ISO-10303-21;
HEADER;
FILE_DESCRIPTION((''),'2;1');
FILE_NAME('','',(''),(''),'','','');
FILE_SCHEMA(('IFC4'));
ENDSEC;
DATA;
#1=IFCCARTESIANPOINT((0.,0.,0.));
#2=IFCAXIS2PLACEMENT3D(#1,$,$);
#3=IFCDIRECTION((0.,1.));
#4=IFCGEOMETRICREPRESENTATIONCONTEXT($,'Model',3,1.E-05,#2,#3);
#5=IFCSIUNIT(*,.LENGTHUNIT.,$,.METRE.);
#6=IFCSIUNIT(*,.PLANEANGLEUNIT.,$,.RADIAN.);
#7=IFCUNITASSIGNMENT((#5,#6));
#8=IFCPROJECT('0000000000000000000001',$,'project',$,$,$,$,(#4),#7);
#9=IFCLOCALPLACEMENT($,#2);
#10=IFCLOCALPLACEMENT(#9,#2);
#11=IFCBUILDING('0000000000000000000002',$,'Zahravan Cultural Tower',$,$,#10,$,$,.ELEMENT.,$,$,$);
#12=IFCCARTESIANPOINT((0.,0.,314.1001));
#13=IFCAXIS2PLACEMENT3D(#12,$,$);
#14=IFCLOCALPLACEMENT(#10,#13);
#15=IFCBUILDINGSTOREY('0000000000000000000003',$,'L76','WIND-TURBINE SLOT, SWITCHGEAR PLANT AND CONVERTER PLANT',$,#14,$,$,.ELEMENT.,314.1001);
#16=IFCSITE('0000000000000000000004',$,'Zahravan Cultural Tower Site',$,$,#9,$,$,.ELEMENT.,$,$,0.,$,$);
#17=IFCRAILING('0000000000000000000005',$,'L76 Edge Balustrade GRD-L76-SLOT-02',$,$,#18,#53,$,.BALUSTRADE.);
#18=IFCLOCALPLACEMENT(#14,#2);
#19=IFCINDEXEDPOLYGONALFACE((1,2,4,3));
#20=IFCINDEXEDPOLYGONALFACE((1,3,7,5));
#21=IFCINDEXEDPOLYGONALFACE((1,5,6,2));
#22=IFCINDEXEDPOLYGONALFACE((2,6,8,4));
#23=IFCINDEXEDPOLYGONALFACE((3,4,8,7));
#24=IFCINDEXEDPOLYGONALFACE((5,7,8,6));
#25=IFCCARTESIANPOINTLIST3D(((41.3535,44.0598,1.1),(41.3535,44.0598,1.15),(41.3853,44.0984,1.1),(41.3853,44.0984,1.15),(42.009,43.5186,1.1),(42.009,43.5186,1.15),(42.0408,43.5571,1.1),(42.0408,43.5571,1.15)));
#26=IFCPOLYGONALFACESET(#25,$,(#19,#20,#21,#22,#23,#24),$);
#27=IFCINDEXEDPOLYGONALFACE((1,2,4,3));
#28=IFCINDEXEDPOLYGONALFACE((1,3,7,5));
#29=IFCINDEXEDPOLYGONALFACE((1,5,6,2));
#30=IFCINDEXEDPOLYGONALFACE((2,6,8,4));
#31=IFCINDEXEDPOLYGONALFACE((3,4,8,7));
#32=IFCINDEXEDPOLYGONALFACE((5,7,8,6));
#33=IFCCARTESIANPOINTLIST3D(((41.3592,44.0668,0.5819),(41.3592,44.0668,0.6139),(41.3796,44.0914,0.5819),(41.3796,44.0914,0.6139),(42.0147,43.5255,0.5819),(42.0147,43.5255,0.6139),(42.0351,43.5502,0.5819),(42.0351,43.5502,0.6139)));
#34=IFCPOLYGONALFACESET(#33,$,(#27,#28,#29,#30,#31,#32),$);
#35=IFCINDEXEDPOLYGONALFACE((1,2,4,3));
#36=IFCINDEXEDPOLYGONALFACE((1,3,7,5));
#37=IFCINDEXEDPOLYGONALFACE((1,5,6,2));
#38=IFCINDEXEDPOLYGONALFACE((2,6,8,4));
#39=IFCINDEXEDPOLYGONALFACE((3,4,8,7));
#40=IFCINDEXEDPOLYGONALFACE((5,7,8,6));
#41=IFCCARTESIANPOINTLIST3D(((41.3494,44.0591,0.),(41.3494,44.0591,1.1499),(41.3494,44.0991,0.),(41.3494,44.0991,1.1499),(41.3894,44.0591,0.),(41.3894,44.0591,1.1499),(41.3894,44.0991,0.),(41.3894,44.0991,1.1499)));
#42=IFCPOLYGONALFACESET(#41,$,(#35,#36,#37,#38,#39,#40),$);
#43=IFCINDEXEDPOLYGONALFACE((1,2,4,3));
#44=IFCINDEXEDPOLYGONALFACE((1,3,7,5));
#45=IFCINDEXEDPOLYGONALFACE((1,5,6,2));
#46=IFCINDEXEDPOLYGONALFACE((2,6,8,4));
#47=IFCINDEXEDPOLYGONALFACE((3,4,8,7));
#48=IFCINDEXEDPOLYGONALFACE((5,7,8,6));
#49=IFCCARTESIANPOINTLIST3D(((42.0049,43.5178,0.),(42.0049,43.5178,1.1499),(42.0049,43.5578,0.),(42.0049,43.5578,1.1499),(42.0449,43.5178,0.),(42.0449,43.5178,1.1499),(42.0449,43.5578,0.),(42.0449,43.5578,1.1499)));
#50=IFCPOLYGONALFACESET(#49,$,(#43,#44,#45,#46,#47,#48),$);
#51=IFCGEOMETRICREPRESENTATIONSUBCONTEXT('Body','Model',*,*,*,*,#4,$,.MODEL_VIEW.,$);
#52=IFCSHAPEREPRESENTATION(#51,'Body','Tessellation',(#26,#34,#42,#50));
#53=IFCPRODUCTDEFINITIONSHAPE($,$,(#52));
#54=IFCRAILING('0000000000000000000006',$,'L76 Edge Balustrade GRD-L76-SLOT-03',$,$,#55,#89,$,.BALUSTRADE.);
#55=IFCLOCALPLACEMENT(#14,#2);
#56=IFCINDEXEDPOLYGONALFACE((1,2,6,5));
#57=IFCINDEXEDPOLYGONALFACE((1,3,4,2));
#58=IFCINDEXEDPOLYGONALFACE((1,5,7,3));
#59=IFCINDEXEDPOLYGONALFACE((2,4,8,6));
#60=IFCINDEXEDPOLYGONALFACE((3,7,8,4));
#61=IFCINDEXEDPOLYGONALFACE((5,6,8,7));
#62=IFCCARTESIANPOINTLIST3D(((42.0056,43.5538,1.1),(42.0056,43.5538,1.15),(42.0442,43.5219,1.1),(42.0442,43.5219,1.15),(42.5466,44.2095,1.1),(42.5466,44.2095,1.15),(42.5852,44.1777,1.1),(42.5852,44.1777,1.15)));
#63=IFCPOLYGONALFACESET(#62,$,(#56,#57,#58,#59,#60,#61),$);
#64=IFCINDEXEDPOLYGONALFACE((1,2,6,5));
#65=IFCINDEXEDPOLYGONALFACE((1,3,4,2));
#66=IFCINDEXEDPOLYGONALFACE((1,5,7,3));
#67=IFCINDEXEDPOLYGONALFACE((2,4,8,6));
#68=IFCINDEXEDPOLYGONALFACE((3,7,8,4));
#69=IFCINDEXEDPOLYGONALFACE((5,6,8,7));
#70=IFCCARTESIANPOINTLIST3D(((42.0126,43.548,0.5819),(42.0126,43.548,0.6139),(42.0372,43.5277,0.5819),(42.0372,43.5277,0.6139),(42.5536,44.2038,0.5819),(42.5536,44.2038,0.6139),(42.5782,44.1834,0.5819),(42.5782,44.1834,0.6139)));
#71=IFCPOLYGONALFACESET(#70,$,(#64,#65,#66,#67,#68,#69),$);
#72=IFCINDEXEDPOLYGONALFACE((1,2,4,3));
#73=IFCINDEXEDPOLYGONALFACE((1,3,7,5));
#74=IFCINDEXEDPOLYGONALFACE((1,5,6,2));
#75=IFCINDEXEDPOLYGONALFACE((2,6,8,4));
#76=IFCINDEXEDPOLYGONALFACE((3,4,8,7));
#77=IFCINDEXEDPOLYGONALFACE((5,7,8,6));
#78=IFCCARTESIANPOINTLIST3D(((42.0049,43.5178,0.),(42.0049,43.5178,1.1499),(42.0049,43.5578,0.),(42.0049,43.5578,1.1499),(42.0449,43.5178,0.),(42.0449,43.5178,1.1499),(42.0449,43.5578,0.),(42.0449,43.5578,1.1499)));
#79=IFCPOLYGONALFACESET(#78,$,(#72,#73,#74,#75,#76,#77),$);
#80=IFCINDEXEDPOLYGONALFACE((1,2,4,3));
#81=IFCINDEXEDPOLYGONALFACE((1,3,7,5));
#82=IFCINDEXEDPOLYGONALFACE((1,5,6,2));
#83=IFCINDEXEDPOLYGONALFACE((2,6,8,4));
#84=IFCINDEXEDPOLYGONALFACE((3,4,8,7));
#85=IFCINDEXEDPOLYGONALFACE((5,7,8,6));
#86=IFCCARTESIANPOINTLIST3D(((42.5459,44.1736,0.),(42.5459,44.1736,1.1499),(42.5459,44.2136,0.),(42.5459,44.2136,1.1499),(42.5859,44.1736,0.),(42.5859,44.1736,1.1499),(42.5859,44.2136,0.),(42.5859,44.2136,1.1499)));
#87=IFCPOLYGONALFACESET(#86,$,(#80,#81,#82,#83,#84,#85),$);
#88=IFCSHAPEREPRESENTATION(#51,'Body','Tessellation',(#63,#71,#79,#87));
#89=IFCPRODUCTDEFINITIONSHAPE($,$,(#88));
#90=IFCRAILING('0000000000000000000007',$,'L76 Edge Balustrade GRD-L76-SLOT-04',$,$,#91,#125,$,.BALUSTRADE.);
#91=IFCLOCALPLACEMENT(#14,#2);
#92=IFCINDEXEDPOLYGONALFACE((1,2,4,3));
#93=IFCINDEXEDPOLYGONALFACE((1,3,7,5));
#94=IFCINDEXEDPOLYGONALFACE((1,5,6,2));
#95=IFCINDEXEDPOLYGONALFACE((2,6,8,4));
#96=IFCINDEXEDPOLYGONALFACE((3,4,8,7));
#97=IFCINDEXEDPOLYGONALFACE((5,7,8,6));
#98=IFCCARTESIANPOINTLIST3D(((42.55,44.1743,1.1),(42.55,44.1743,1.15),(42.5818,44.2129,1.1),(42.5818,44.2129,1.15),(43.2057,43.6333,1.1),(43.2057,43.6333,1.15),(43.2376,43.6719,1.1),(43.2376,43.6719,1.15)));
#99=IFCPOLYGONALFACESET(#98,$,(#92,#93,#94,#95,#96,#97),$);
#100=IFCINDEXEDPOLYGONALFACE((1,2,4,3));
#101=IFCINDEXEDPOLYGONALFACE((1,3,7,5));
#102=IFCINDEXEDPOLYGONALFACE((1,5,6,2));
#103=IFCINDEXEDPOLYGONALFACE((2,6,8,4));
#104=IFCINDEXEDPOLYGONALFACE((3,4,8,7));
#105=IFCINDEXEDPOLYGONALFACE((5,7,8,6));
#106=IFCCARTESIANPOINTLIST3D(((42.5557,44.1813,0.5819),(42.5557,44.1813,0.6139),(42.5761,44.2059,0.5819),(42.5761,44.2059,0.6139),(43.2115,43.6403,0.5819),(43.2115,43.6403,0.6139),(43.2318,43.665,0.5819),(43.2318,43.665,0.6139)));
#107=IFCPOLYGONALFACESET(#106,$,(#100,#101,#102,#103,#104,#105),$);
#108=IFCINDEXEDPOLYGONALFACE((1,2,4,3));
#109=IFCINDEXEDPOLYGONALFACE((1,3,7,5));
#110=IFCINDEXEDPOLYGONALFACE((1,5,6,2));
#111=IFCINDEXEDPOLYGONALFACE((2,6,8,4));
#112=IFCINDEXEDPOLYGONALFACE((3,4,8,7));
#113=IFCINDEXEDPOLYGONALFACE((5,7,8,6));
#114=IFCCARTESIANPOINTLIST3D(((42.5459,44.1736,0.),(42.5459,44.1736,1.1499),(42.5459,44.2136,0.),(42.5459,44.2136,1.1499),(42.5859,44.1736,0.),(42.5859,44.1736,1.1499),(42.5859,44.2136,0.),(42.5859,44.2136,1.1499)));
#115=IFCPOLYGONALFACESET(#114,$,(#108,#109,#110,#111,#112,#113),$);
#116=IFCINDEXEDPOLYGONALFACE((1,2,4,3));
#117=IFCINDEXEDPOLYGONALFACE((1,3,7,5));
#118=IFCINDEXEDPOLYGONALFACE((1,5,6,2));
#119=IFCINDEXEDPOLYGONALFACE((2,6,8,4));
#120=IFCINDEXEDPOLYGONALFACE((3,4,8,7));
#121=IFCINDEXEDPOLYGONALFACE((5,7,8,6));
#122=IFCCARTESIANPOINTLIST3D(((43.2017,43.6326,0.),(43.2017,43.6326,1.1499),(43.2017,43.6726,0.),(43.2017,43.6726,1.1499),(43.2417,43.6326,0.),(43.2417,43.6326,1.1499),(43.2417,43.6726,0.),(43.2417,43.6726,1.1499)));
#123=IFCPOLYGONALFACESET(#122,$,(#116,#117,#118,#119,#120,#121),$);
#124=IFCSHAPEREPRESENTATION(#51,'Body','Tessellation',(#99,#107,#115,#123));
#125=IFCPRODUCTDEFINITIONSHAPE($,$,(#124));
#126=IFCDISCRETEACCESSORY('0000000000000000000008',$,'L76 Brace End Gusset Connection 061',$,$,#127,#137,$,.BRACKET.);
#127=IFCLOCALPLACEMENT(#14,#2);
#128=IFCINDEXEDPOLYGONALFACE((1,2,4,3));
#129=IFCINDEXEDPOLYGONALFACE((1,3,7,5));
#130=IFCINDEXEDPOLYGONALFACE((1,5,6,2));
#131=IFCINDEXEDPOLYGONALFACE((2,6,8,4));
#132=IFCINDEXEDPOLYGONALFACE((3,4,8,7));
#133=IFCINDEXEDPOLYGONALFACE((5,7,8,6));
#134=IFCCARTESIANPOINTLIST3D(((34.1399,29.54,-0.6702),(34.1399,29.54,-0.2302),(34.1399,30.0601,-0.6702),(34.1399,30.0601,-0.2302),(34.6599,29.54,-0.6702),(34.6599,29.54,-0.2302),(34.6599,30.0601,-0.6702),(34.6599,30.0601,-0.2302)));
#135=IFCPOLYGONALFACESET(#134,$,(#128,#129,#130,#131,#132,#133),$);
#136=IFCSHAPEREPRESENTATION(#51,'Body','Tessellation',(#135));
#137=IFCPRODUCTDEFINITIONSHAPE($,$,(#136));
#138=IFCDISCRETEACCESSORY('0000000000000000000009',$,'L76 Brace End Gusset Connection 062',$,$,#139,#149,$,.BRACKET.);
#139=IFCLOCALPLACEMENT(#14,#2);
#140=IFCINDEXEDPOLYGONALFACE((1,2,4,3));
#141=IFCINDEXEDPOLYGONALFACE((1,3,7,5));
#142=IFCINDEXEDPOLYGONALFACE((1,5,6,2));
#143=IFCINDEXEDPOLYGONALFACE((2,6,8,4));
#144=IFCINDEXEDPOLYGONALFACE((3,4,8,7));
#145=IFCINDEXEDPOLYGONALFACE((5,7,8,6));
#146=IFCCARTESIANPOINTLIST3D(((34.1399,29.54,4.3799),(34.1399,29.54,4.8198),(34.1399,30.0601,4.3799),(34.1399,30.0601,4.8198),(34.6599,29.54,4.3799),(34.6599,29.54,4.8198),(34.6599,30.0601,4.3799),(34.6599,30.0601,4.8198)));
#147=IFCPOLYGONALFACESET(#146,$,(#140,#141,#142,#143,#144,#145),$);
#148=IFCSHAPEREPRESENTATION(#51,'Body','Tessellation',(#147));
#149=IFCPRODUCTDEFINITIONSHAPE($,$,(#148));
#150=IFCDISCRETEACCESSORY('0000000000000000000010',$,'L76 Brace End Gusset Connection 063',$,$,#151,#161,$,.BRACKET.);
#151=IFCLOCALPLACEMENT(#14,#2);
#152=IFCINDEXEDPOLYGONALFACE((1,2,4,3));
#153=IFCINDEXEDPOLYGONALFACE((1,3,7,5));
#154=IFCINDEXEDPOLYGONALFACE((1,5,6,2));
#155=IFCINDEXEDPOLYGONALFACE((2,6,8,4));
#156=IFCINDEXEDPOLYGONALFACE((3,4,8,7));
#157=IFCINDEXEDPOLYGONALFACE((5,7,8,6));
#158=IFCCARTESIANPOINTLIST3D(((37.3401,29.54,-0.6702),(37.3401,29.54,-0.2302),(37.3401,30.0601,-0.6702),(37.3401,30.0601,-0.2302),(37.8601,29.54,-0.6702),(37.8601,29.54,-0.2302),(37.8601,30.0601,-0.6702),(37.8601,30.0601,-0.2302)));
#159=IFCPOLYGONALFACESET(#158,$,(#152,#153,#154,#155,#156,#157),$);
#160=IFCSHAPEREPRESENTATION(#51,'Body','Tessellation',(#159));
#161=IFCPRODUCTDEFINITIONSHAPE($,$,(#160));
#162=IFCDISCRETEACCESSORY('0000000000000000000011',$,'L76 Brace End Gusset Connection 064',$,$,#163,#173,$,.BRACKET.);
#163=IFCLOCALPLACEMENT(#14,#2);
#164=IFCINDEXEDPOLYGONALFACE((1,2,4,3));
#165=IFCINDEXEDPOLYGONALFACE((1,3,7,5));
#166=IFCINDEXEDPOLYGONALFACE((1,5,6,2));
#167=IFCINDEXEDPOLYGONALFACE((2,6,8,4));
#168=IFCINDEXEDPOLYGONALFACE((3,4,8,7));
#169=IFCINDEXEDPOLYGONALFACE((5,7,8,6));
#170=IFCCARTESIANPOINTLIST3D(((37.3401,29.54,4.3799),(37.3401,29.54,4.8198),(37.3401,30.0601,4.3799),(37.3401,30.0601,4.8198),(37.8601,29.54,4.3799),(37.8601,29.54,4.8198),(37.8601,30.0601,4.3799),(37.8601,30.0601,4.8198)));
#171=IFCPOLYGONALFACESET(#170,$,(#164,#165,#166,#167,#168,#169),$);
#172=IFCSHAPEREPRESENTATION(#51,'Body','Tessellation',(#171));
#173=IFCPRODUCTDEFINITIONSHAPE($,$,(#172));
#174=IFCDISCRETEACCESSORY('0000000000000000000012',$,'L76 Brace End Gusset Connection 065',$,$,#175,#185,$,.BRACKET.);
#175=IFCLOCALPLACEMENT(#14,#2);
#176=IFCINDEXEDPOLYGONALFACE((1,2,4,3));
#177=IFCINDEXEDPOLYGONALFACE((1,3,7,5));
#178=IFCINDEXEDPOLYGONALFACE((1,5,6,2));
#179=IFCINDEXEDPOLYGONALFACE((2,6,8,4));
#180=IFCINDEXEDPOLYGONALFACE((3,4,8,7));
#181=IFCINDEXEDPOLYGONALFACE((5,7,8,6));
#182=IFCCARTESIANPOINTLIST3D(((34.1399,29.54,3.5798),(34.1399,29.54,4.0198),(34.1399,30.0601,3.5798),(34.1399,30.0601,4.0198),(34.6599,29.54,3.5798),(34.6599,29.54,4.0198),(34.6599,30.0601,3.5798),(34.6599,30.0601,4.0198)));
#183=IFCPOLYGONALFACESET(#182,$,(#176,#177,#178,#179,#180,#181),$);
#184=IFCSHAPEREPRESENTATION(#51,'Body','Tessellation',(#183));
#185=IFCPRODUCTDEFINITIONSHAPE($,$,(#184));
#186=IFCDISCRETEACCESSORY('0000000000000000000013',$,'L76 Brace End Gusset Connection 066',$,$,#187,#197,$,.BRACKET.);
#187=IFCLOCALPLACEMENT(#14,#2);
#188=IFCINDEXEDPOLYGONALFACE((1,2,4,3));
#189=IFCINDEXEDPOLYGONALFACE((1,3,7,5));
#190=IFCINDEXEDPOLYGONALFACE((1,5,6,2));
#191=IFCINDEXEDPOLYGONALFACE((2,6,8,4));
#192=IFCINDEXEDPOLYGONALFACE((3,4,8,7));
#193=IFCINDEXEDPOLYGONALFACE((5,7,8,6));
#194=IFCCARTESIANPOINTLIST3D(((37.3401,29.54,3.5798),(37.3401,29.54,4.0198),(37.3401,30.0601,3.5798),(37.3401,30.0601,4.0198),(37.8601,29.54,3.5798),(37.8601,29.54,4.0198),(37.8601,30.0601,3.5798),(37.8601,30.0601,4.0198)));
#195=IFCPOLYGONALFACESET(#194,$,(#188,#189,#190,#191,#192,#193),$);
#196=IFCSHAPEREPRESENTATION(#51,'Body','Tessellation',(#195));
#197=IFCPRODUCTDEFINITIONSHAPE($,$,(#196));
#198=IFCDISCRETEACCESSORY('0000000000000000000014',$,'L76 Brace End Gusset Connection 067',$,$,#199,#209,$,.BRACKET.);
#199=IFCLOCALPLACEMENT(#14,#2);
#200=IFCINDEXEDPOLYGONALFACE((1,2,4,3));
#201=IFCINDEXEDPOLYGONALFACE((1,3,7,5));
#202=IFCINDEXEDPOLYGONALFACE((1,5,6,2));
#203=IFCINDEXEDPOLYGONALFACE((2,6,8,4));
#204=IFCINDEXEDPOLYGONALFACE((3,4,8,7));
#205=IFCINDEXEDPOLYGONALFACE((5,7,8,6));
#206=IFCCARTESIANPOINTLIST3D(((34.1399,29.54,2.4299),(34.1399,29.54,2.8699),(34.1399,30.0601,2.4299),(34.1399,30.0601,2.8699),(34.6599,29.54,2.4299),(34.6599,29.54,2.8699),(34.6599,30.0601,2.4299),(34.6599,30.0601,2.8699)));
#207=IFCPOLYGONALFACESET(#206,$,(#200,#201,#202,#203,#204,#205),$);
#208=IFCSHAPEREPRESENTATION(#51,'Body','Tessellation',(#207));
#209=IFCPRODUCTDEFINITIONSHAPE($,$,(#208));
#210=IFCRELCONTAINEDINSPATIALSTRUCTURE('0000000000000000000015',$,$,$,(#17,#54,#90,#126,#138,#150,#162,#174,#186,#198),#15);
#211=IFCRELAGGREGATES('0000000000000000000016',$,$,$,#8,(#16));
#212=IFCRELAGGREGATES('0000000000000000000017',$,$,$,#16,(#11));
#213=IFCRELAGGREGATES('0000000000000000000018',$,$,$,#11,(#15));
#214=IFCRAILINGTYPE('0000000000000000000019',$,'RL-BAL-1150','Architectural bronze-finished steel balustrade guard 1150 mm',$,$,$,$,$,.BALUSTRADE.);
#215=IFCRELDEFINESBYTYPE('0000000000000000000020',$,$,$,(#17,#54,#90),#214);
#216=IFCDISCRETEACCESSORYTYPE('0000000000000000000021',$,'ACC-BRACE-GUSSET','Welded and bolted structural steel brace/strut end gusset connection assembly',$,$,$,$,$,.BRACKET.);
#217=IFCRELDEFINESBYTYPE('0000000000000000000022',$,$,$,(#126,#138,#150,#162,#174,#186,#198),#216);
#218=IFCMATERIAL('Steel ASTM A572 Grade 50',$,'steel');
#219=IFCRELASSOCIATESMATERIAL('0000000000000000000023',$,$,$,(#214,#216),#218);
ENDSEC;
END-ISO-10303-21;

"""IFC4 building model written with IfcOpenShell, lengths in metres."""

from ifc_helpers import new_model, si_unit, direction, frame, origin, origin_2d, place, context, subcontext, project, spatial, rectangle, extrude, source, transform, mapped, material, type_object, element, save


model = new_model("IFC4")

# Units and contexts
model_context = context("Model", 3, precision=1e-05, world=origin(), true_north=direction((0.0, 1.0)))
body_context = subcontext(model_context, "Body", "Model", "MODEL_VIEW")
ifc_project = project(units=[si_unit("LENGTHUNIT", "METRE"), si_unit("PLANEANGLEUNIT", "RADIAN")], contexts=[model_context])

# Site, building, storey
site_placement = place(None, origin())
site = spatial("IfcSite", under=ifc_project, at=site_placement, Name="Zahravan Cultural Tower Site", CompositionType="ELEMENT", RefElevation=0.0)
building_placement = place(site_placement, origin())
building = spatial("IfcBuilding", under=site, at=building_placement, Name="Zahravan Cultural Tower", CompositionType="ELEMENT")
storey_placement = place(building_placement, frame((0.0, 0.0, 314.1001)))
storey = spatial("IfcBuildingStorey", under=building, at=storey_placement, Name="L76", Description="WIND-TURBINE SLOT, SWITCHGEAR PLANT AND CONVERTER PLANT", CompositionType="ELEMENT", Elevation=314.1001)

# Shared definitions
ifc_material_1 = material(Name="Steel ASTM A572 Grade 50", Category="steel")

# Railings
railing_type = type_object("IfcRailingType", Name="RL-BAL-1150", Description="Architectural bronze-finished steel balustrade guard 1150 mm", PredefinedType="BALUSTRADE", material=ifc_material_1)
railing_1_placement = place(storey_placement, frame((41.3694, 44.0791, 0.0)))
element("IfcRailing", 1, at=railing_1_placement, inside=storey, type_object=railing_type, Name="L76 Edge Balustrade GRD-L76-SLOT-02", PredefinedType="BALUSTRADE", context=body_context, shape_type="SweptSolid", body=[
    extrude(rectangle(XDim=0.05, YDim=0.05, at=origin_2d()), frame((0.0, 0.0, 1.125), z_axis=(0.771109, -0.636703, 0.0), x_axis=(0.636703, 0.771109, 0.0)), (0.0, 0.0, 1.0), 0.8501),
    extrude(rectangle(XDim=0.032, YDim=0.032, at=origin_2d()), frame((0.0, 0.0, 0.5979), z_axis=(0.771109, -0.636703, 0.0), x_axis=(0.636703, 0.771109, 0.0)), (0.0, 0.0, 1.0), 0.8501),
    extrude(rectangle(XDim=0.04, YDim=0.04, at=origin_2d()), origin(), (0.0, 0.0, 1.0), 1.1499),
    extrude(rectangle(XDim=0.04, YDim=0.04, at=origin_2d()), frame((0.6555, -0.5413, 0.0)), (0.0, 0.0, 1.0), 1.1499),
])
railing_2_placement = place(storey_placement, frame((42.0249, 43.5378, 0.0)))
element("IfcRailing", 2, at=railing_2_placement, inside=storey, type_object=railing_type, Name="L76 Edge Balustrade GRD-L76-SLOT-03", PredefinedType="BALUSTRADE", context=body_context, shape_type="SweptSolid", body=[
    extrude(rectangle(XDim=0.05, YDim=0.05, at=origin_2d()), frame((0.0, 0.0, 1.125), z_axis=(0.636391, 0.771366, 0.0), x_axis=(-0.771366, 0.636391, 0.0)), (0.0, 0.0, 1.0), 0.8501),
    extrude(rectangle(XDim=0.032, YDim=0.032, at=origin_2d()), frame((0.0, 0.0, 0.5979), z_axis=(0.636391, 0.771366, 0.0), x_axis=(-0.771366, 0.636391, 0.0)), (0.0, 0.0, 1.0), 0.8501),
    extrude(rectangle(XDim=0.04, YDim=0.04, at=origin_2d()), origin(), (0.0, 0.0, 1.0), 1.1499),
    extrude(rectangle(XDim=0.04, YDim=0.04, at=origin_2d()), frame((0.541, 0.6558, 0.0)), (0.0, 0.0, 1.0), 1.1499),
])
railing_3_placement = place(storey_placement, frame((42.5659, 44.1936, 0.0)))
element("IfcRailing", 3, at=railing_3_placement, inside=storey, type_object=railing_type, Name="L76 Edge Balustrade GRD-L76-SLOT-04", PredefinedType="BALUSTRADE", context=body_context, shape_type="SweptSolid", body=[
    extrude(rectangle(XDim=0.05, YDim=0.05, at=origin_2d()), frame((0.0, 0.0, 1.125), z_axis=(0.771366, -0.636391, 0.0), x_axis=(0.636391, 0.771366, 0.0)), (0.0, 0.0, 1.0), 0.8501),
    extrude(rectangle(XDim=0.032, YDim=0.032, at=origin_2d()), frame((0.0, 0.0, 0.5979), z_axis=(0.771366, -0.636391, 0.0), x_axis=(0.636391, 0.771366, 0.0)), (0.0, 0.0, 1.0), 0.8501),
    extrude(rectangle(XDim=0.04, YDim=0.04, at=origin_2d()), origin(), (0.0, 0.0, 1.0), 1.1499),
    extrude(rectangle(XDim=0.04, YDim=0.04, at=origin_2d()), frame((0.6558, -0.541, 0.0)), (0.0, 0.0, 1.0), 1.1499),
])

# Discrete accessories
discrete_accessory_type = type_object("IfcDiscreteAccessoryType", Name="ACC-BRACE-GUSSET", Description="Welded and bolted structural steel brace/strut end gusset connection assembly", PredefinedType="BRACKET", material=ifc_material_1)
shared_shape_1 = source(origin(), body_context, "Body", "SweptSolid", [
    extrude(rectangle(XDim=0.52, YDim=0.52, at=origin_2d()), origin(), (0.0, 0.0, 1.0), 0.4399),
])
for number, where, z_axis, x_axis, name in (
    (4, (34.3999, 29.8, -0.6702), (0.0, 0.0, 1.0), (1.0, 0.0, 0.0), "L76 Brace End Gusset Connection 061"),
    (5, (34.3999, 29.8, 4.3799), (0.0, 0.0, 1.0), (1.0, 0.0, 0.0), "L76 Brace End Gusset Connection 062"),
    (6, (37.6001, 29.8, -0.6702), (0.0, 0.0, 1.0), (1.0, 0.0, 0.0), "L76 Brace End Gusset Connection 063"),
    (7, (37.6001, 29.8, 4.3799), (0.0, 0.0, 1.0), (1.0, 0.0, 0.0), "L76 Brace End Gusset Connection 064"),
    (8, (34.3999, 29.8, 3.5798), (0.0, 0.0, 1.0), (1.0, 0.0, 0.0), "L76 Brace End Gusset Connection 065"),
    (9, (37.6001, 29.8, 3.5798), (0.0, 0.0, 1.0), (1.0, 0.0, 0.0), "L76 Brace End Gusset Connection 066"),
    (10, (34.3999, 29.8, 2.4299), (0.0, 0.0, 1.0), (1.0, 0.0, 0.0), "L76 Brace End Gusset Connection 067"),
):
    element("IfcDiscreteAccessory", number, at=place(storey_placement, frame(where, z_axis=z_axis, x_axis=x_axis)), inside=storey, type_object=discrete_accessory_type, Name=name, PredefinedType="BRACKET", context=body_context, shape_type="MappedRepresentation", body=[
        mapped(shared_shape_1, transform((0.0, 0.0, 0.0), x_axis=(1.0, 0.0, 0.0), y_axis=(0.0, 1.0, 0.0), z_axis=(0.0, 0.0, 1.0), scale=1.0)),
    ])

save(model, "model.ifc")
